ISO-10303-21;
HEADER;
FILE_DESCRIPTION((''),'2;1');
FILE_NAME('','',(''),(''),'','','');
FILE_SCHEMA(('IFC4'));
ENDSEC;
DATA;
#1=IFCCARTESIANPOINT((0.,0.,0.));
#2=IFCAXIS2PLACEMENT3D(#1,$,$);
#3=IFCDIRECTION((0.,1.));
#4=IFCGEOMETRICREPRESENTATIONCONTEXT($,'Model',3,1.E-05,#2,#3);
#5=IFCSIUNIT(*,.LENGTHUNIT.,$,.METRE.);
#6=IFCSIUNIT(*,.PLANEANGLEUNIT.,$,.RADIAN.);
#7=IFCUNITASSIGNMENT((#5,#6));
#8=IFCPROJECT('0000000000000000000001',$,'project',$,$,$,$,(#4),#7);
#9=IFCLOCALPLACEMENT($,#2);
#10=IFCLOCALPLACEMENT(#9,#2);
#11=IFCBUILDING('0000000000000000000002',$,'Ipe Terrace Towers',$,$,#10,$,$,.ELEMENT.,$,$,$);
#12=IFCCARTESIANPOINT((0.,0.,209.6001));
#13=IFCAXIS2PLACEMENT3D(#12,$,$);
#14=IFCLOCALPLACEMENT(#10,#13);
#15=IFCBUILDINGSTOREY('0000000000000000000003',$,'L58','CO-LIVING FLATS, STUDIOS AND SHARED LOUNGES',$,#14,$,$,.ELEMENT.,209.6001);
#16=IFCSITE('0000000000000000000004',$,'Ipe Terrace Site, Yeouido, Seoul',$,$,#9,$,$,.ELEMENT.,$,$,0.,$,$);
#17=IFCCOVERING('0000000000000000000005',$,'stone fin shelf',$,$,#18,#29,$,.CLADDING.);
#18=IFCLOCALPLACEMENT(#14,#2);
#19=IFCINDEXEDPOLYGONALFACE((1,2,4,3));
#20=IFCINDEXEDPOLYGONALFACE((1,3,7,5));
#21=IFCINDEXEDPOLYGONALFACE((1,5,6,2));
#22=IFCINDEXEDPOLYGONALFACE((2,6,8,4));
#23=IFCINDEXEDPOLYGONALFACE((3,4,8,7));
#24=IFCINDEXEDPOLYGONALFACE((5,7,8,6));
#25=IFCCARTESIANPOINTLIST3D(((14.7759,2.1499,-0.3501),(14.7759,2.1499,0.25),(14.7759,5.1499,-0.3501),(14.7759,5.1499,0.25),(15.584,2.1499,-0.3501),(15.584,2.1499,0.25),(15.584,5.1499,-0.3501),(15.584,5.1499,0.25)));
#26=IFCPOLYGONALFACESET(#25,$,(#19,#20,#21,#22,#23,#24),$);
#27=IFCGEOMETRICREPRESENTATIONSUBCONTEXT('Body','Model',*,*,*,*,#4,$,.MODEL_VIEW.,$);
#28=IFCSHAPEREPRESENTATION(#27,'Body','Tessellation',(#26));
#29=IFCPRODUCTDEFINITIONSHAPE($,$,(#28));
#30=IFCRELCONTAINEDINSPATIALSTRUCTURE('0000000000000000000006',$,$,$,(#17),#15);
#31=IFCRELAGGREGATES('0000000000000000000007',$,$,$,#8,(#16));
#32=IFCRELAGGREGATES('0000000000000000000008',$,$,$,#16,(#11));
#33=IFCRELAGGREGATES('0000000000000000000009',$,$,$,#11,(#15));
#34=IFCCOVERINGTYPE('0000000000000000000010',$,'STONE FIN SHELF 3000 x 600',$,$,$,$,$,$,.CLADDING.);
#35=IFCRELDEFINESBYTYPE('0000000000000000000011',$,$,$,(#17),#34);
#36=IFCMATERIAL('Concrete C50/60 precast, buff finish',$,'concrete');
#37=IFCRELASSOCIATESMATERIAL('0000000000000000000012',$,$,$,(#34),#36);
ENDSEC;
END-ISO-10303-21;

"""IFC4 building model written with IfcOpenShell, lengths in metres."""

from ifc_helpers import new_model, si_unit, direction, frame, origin, origin_2d, place, context, subcontext, project, spatial, rectangle, extrude, material, type_object, element, save


model = new_model("IFC4")

# Units and contexts
model_context = context("Model", 3, precision=1e-05, world=origin(), true_north=direction((0.0, 1.0)))
body_context = subcontext(model_context, "Body", "Model", "MODEL_VIEW")
ifc_project = project(units=[si_unit("LENGTHUNIT", "METRE"), si_unit("PLANEANGLEUNIT", "RADIAN")], contexts=[model_context])

# Site, building, storey
site_placement = place(None, origin())
site = spatial("IfcSite", under=ifc_project, at=site_placement, Name="Ipe Terrace Site, Yeouido, Seoul", CompositionType="ELEMENT", RefElevation=0.0)
building_placement = place(site_placement, origin())
building = spatial("IfcBuilding", under=site, at=building_placement, Name="Ipe Terrace Towers", CompositionType="ELEMENT")
storey_placement = place(building_placement, frame((0.0, 0.0, 209.6001)))
storey = spatial("IfcBuildingStorey", under=building, at=storey_placement, Name="L58", Description="CO-LIVING FLATS, STUDIOS AND SHARED LOUNGES", CompositionType="ELEMENT", Elevation=209.6001)

# Covering
ifc_material_1 = material(Name="Concrete C50/60 precast, buff finish", Category="concrete")
covering_type_1 = type_object("IfcCoveringType", Name="STONE FIN SHELF 3000 x 600", PredefinedType="CLADDING", material=ifc_material_1)
for number, where, z_axis, x_axis, name in (
    (1, (15.1799, 3.6499, -0.3501), (0.0, 0.0, 1.0), (0.0, -1.0, 0.0), "stone fin shelf"),
):
    element("IfcCovering", number, at=place(storey_placement, frame(where, z_axis=z_axis, x_axis=x_axis)), inside=storey, type_object=covering_type_1, Name=name, PredefinedType="CLADDING", context=body_context, shape_type="SweptSolid", body=[
        extrude(rectangle(XDim=3.0, YDim=0.8081, at=origin_2d()), origin(), (0.0, 0.0, 1.0), 0.6001),
    ])

save(model, "model.ifc")
